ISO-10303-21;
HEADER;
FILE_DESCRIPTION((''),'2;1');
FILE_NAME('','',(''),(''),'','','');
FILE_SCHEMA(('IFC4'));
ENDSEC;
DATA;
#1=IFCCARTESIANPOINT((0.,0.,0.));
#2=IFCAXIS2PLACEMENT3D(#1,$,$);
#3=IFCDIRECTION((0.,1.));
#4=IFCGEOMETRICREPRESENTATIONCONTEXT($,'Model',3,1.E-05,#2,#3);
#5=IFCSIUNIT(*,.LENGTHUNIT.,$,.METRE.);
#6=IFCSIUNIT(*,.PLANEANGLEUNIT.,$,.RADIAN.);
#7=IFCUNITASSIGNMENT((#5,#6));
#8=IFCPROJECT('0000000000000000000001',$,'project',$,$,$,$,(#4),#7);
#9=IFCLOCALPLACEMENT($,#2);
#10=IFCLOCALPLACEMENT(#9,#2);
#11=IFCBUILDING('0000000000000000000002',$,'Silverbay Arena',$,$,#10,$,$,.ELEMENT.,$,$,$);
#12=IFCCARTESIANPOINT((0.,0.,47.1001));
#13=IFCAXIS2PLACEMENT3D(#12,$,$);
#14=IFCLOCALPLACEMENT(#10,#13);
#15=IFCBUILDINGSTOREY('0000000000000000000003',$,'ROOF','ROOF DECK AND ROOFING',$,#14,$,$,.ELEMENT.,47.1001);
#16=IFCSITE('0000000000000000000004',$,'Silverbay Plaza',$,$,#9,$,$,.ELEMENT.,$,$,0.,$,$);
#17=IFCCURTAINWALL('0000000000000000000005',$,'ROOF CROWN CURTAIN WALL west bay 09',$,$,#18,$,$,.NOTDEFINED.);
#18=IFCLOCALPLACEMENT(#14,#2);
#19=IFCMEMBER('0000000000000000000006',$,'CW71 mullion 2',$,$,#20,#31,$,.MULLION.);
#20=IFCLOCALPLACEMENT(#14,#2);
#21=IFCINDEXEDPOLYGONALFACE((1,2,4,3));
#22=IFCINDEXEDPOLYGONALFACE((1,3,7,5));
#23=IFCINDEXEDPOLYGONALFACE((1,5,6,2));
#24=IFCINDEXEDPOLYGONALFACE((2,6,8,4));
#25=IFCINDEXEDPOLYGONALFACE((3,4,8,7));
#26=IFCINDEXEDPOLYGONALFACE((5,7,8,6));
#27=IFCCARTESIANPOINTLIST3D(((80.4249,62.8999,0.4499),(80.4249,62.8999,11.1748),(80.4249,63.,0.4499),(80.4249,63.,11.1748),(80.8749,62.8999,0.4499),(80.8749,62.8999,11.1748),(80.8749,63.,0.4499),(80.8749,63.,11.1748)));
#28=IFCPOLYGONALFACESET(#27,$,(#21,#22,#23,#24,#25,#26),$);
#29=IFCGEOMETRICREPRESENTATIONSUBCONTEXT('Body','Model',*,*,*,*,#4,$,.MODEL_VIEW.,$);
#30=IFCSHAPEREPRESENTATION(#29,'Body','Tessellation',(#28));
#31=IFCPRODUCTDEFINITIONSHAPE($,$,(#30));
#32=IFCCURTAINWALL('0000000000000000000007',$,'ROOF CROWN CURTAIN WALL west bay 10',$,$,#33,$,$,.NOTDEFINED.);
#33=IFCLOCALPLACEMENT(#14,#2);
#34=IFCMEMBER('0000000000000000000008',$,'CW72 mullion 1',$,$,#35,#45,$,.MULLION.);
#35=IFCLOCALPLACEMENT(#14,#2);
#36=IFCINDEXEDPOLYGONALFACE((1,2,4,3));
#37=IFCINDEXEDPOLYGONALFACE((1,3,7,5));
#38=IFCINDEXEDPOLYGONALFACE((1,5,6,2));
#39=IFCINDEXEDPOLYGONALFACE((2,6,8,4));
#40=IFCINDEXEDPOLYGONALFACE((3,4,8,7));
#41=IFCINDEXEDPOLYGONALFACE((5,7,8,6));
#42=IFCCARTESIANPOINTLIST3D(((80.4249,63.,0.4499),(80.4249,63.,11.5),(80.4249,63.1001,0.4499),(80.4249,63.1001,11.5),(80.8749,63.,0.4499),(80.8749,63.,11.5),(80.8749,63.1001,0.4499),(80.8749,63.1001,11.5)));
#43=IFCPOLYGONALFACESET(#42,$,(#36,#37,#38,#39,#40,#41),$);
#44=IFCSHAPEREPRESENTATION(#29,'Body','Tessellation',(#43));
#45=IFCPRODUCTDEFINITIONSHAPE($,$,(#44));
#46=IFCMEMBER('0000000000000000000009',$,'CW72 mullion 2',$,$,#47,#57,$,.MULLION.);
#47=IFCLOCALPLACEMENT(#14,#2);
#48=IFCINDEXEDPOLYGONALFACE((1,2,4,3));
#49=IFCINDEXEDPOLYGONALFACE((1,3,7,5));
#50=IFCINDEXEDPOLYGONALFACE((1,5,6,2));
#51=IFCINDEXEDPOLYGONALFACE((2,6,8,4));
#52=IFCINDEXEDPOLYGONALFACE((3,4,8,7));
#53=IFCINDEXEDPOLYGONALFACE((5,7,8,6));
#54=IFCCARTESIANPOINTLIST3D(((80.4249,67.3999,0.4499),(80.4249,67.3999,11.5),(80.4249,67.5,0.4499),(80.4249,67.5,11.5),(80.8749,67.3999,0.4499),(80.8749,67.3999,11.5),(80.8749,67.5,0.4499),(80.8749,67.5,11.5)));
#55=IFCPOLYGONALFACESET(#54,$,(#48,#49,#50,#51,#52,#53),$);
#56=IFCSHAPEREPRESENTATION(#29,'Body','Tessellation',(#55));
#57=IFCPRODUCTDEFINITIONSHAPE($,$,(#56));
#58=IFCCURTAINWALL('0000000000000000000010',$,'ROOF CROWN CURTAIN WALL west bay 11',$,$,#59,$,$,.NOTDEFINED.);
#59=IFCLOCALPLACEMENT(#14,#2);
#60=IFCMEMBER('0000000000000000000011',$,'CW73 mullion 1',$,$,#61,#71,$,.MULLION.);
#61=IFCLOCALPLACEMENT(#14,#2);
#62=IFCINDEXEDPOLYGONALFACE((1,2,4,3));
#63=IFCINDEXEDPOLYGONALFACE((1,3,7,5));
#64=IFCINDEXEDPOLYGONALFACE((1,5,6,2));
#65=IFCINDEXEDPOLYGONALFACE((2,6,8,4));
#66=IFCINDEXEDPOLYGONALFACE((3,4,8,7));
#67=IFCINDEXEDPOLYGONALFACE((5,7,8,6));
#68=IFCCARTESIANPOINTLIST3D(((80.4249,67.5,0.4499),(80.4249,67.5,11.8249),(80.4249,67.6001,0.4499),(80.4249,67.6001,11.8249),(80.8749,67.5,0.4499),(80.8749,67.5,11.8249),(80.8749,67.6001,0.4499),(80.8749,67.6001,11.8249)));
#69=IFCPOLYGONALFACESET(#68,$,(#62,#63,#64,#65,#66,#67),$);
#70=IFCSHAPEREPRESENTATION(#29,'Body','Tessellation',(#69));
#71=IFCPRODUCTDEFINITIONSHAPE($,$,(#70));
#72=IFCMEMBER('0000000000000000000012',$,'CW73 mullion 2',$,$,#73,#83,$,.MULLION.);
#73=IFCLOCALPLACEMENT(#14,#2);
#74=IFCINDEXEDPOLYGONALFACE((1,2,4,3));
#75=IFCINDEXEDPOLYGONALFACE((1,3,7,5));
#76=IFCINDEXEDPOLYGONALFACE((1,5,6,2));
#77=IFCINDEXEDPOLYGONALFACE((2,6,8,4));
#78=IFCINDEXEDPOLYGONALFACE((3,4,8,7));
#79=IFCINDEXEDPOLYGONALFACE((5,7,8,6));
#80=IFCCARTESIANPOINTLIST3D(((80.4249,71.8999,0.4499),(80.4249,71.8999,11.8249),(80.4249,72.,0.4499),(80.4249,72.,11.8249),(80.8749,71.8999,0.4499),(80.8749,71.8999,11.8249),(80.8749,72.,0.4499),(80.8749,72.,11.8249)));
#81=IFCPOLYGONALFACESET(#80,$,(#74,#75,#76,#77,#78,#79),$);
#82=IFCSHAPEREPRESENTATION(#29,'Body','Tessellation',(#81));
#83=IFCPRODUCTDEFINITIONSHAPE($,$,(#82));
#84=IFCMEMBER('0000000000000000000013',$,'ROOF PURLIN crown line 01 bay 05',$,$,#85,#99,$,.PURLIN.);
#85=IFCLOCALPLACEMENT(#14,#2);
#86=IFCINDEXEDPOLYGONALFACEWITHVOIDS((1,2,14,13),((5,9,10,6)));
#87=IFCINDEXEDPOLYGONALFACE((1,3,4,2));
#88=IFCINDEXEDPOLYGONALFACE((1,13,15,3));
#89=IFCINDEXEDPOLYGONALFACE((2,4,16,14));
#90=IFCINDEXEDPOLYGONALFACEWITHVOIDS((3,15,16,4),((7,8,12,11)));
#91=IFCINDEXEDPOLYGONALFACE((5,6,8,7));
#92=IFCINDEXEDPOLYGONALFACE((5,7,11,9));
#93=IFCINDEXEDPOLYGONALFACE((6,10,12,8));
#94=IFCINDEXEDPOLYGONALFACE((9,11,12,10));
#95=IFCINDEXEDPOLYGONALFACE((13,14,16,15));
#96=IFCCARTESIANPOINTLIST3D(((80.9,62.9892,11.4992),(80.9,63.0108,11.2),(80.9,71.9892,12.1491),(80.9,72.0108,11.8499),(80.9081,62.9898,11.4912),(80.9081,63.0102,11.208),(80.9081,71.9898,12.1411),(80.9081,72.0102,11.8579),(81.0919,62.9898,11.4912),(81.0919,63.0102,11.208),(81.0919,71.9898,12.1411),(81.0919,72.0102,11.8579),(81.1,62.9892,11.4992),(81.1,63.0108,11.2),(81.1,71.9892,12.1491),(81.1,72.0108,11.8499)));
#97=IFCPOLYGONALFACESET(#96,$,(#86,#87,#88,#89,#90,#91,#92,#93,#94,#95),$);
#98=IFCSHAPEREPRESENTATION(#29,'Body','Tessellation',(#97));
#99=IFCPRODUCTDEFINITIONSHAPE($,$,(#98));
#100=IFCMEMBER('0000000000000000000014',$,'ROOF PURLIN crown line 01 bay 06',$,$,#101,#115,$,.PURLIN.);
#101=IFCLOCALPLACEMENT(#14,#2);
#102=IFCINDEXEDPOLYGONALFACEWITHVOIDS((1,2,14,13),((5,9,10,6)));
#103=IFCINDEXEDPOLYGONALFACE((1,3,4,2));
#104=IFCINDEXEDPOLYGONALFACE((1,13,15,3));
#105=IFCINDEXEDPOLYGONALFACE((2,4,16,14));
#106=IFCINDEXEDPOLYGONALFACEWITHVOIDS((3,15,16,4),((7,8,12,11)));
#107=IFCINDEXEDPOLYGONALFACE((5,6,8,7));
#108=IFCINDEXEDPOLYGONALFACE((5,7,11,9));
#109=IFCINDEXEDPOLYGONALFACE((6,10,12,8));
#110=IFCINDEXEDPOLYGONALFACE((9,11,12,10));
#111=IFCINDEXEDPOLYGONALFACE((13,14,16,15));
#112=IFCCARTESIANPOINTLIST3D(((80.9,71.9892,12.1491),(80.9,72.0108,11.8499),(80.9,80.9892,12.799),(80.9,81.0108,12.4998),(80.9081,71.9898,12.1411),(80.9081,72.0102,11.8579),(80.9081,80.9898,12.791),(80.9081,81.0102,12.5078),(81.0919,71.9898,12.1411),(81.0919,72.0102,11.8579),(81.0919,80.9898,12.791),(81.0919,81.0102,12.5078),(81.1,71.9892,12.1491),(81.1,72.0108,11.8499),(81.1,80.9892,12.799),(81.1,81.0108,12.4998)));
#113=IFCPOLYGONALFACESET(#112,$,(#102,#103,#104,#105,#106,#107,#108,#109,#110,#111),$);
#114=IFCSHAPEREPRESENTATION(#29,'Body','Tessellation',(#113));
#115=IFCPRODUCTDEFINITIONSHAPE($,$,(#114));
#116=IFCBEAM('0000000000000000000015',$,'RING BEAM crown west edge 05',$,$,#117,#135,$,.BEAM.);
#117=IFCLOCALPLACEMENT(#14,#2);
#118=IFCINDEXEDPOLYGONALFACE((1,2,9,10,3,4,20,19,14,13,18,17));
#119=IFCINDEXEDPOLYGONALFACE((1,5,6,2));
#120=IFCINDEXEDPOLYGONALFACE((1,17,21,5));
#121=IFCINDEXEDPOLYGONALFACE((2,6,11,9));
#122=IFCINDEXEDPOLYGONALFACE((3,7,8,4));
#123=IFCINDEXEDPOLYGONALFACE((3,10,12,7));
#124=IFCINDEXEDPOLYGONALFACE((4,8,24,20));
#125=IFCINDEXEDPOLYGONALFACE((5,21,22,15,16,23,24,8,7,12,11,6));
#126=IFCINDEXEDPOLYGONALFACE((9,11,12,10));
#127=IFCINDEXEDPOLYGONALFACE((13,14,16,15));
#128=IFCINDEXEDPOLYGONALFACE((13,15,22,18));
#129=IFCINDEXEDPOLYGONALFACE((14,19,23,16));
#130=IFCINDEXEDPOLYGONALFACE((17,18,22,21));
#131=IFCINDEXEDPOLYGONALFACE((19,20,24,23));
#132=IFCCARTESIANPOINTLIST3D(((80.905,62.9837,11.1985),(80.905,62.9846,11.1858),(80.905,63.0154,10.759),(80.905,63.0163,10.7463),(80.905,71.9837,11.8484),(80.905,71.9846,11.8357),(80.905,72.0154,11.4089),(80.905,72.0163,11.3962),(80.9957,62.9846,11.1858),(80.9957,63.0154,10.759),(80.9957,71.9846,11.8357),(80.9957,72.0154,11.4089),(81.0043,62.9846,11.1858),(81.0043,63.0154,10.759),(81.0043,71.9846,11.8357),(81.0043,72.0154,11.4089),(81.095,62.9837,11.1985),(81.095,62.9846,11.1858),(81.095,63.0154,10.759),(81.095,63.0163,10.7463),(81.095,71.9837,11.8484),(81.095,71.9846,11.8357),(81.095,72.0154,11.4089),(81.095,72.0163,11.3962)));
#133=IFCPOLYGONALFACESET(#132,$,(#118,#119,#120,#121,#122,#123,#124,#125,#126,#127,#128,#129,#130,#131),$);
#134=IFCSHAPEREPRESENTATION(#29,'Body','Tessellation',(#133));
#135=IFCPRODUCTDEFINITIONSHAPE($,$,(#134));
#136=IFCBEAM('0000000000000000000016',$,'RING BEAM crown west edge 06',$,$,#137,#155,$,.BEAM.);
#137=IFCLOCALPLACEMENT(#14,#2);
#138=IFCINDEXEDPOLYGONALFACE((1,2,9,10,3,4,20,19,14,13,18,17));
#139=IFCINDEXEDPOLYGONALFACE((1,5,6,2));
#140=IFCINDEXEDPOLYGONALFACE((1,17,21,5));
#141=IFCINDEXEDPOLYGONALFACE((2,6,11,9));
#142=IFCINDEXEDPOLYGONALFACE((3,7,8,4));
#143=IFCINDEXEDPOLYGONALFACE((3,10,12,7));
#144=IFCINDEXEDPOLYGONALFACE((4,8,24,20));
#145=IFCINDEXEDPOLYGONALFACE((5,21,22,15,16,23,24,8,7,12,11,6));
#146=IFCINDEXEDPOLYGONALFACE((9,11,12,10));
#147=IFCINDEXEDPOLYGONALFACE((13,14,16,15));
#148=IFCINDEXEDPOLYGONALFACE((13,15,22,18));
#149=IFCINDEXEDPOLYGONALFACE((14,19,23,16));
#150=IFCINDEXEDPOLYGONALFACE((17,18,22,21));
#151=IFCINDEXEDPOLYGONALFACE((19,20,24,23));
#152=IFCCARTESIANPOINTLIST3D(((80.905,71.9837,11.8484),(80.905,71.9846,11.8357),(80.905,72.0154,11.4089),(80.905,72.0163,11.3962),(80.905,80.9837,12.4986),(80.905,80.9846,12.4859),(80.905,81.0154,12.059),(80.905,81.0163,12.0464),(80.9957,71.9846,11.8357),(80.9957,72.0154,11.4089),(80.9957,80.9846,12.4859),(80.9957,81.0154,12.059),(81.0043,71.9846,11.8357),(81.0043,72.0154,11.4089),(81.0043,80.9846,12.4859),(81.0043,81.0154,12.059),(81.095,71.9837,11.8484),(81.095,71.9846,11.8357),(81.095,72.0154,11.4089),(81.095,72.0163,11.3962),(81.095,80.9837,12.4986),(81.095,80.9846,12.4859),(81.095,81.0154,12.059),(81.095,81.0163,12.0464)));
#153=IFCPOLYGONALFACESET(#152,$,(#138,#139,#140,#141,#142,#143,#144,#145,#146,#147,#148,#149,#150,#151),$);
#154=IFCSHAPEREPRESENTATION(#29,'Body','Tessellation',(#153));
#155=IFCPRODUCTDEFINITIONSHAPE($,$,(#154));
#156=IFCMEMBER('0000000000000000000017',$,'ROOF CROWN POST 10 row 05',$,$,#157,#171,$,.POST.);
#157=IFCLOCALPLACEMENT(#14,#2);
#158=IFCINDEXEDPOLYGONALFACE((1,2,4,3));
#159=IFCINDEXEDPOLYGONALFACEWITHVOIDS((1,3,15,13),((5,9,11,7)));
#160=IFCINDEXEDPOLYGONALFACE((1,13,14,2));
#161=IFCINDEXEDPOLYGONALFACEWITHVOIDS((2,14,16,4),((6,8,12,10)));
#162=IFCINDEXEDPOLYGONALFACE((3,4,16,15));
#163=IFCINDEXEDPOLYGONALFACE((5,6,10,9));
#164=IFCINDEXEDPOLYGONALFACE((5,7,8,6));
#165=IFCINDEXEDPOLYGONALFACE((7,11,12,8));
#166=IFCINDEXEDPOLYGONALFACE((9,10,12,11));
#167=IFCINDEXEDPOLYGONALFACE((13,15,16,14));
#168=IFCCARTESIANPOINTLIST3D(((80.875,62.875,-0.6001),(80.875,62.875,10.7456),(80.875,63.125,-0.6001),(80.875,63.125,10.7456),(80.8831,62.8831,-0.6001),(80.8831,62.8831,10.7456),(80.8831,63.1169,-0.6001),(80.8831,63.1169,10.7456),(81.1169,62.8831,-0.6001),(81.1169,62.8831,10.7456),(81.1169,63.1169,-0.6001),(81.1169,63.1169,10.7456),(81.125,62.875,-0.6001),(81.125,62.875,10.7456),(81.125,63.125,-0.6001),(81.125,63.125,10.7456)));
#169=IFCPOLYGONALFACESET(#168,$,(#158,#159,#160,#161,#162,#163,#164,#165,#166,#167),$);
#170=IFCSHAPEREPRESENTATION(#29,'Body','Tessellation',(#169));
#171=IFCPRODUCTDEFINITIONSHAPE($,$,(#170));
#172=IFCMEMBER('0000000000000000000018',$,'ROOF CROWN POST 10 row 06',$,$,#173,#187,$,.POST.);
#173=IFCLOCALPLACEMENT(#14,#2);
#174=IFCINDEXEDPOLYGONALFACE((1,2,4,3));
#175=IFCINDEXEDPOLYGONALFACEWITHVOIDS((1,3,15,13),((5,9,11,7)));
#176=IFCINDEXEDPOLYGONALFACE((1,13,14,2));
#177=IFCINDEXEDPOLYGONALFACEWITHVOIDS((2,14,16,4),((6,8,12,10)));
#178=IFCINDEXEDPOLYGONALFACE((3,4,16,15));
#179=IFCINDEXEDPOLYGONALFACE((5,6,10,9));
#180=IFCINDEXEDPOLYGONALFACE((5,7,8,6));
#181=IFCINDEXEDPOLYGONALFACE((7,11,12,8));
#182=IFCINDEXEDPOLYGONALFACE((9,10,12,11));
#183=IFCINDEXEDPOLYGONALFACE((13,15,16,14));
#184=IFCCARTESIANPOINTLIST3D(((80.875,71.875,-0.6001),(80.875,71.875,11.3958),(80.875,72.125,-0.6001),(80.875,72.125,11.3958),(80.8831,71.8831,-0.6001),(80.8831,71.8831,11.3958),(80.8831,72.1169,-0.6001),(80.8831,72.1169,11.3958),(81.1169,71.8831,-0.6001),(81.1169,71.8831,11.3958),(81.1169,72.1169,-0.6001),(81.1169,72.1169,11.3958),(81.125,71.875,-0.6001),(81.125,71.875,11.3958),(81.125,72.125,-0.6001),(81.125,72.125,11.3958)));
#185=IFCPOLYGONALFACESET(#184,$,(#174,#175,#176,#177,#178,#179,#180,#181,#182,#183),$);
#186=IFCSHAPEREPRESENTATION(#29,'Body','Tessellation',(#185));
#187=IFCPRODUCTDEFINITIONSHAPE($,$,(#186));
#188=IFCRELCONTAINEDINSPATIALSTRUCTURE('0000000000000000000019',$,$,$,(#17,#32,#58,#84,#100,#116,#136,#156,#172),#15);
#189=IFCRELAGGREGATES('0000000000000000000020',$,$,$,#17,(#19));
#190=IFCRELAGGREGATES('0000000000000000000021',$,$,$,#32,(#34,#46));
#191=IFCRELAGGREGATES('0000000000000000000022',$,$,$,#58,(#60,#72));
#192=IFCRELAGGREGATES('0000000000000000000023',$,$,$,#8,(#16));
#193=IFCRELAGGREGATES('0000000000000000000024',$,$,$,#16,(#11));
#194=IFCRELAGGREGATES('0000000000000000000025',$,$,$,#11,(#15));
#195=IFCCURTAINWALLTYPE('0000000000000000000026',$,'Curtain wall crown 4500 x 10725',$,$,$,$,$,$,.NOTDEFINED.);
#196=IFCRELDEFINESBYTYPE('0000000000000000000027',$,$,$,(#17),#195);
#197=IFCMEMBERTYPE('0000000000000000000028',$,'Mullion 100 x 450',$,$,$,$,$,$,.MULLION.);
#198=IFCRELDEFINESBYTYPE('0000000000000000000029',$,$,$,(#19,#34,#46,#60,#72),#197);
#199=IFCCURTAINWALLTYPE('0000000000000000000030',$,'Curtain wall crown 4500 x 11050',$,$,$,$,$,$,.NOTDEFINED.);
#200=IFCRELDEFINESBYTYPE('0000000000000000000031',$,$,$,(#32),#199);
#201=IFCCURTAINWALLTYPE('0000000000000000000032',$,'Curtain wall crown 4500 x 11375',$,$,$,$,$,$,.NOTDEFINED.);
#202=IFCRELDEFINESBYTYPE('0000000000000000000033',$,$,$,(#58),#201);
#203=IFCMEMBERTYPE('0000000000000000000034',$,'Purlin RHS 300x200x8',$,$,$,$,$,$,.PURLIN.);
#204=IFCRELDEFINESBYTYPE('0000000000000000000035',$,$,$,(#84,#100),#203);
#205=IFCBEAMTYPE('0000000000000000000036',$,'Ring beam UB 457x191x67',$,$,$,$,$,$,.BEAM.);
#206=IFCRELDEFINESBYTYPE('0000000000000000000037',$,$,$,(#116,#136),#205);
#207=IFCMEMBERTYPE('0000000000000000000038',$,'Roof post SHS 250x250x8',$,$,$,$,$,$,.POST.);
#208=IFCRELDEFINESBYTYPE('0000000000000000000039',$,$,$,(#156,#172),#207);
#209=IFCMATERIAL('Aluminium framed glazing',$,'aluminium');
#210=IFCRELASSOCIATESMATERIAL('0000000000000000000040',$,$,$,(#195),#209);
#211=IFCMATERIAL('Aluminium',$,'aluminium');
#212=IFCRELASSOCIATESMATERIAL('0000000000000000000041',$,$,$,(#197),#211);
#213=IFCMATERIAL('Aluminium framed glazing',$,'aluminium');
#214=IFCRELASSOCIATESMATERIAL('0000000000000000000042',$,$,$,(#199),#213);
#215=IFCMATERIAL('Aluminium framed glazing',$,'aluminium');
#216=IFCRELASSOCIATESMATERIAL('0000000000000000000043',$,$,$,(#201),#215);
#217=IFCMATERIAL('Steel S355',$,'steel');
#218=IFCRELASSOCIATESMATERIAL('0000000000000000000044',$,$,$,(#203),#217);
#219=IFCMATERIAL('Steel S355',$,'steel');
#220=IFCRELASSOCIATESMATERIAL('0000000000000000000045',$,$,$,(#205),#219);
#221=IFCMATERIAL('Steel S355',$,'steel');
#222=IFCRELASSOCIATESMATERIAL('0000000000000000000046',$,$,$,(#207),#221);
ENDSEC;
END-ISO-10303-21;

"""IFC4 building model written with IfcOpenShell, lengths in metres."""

from ifc_helpers import new_model, si_unit, direction, frame, origin, origin_2d, place, context, subcontext, project, spatial, rectangle, hollow_rectangle, i_section, extrude, material, material_profile, profile_set, type_object, element, aggregate, save


model = new_model("IFC4")

# Units and contexts
model_context = context("Model", 3, precision=1e-05, world=origin(), true_north=direction((0.0, 1.0)))
body_context = subcontext(model_context, "Body", "Model", "MODEL_VIEW")
ifc_project = project(units=[si_unit("LENGTHUNIT", "METRE"), si_unit("PLANEANGLEUNIT", "RADIAN")], contexts=[model_context])

# Site, building, storey
site_placement = place(None, origin())
site = spatial("IfcSite", under=ifc_project, at=site_placement, Name="Silverbay Plaza", CompositionType="ELEMENT", RefElevation=0.0)
building_placement = place(site_placement, origin())
building = spatial("IfcBuilding", under=site, at=building_placement, Name="Silverbay Arena", CompositionType="ELEMENT")
storey_placement = place(building_placement, frame((0.0, 0.0, 47.1001)))
storey = spatial("IfcBuildingStorey", under=building, at=storey_placement, Name="ROOF", Description="ROOF DECK AND ROOFING", CompositionType="ELEMENT", Elevation=47.1001)

# Curtain wall, member
ifc_material_1 = material(Name="Aluminium framed glazing", Category="aluminium")
curtain_wall_type_1 = type_object("IfcCurtainWallType", Name="Curtain wall crown 4500 x 10725", PredefinedType="NOTDEFINED", material=ifc_material_1)
curtain_wall_1_placement = place(storey_placement, origin())
curtain_wall_1 = element("IfcCurtainWall", 1, at=curtain_wall_1_placement, inside=storey, type_object=curtain_wall_type_1, Name="ROOF CROWN CURTAIN WALL west bay 09", PredefinedType="NOTDEFINED")
ifc_material_2 = material(Name="Aluminium", Category="aluminium")
ifc_material_profile_1 = material_profile(ifc_material_2, rectangle(XDim=0.45, YDim=0.1001, at=origin_2d()), Name="Mullion 100 x 450")
ifc_profile_set_1 = profile_set([ifc_material_profile_1], Name="Aluminium")
member_type_1 = type_object("IfcMemberType", Name="Mullion 100 x 450", PredefinedType="MULLION", material=ifc_profile_set_1)
placement = place(building_placement, frame((0.0, 0.0, 33.5)))
member_1_placement = place(placement, frame((80.6499, 62.95, 14.05), z_axis=(0.0, 0.0, 1.0), x_axis=(-1.0, 0.0, 0.0)))
member_1 = element("IfcMember", 2, at=member_1_placement, type_object=member_type_1, Name="CW71 mullion 2", PredefinedType="MULLION", context=body_context, shape_type="SweptSolid", body=[
    extrude(rectangle(XDim=0.45, YDim=0.1001, at=origin_2d()), origin(), (0.0, 0.0, 1.0), 10.7249),
])

# Curtain walls, members
ifc_material_3 = material(Name="Aluminium framed glazing", Category="aluminium")
curtain_wall_type_2 = type_object("IfcCurtainWallType", Name="Curtain wall crown 4500 x 11050", PredefinedType="NOTDEFINED", material=ifc_material_3)
curtain_wall_2_placement = place(storey_placement, origin())
curtain_wall_2 = element("IfcCurtainWall", 3, at=curtain_wall_2_placement, inside=storey, type_object=curtain_wall_type_2, Name="ROOF CROWN CURTAIN WALL west bay 10", PredefinedType="NOTDEFINED")
member_2_placement = place(placement, frame((80.6499, 63.05, 14.05), z_axis=(0.0, 0.0, 1.0), x_axis=(-1.0, 0.0, 0.0)))
member_2 = element("IfcMember", 4, at=member_2_placement, type_object=member_type_1, Name="CW72 mullion 1", PredefinedType="MULLION", context=body_context, shape_type="SweptSolid", body=[
    extrude(rectangle(XDim=0.45, YDim=0.1001, at=origin_2d()), origin(), (0.0, 0.0, 1.0), 11.05),
])
member_3_placement = place(placement, frame((80.6499, 67.45, 14.05), z_axis=(0.0, 0.0, 1.0), x_axis=(-1.0, 0.0, 0.0)))
member_3 = element("IfcMember", 5, at=member_3_placement, type_object=member_type_1, Name="CW72 mullion 2", PredefinedType="MULLION", context=body_context, shape_type="SweptSolid", body=[
    extrude(rectangle(XDim=0.45, YDim=0.1001, at=origin_2d()), origin(), (0.0, 0.0, 1.0), 11.05),
])
ifc_material_4 = material(Name="Aluminium framed glazing", Category="aluminium")
curtain_wall_type_3 = type_object("IfcCurtainWallType", Name="Curtain wall crown 4500 x 11375", PredefinedType="NOTDEFINED", material=ifc_material_4)
curtain_wall_3_placement = place(storey_placement, origin())
curtain_wall_3 = element("IfcCurtainWall", 6, at=curtain_wall_3_placement, inside=storey, type_object=curtain_wall_type_3, Name="ROOF CROWN CURTAIN WALL west bay 11", PredefinedType="NOTDEFINED")
member_4_placement = place(placement, frame((80.6499, 67.55, 14.05), z_axis=(0.0, 0.0, 1.0), x_axis=(-1.0, 0.0, 0.0)))
member_4 = element("IfcMember", 7, at=member_4_placement, type_object=member_type_1, Name="CW73 mullion 1", PredefinedType="MULLION", context=body_context, shape_type="SweptSolid", body=[
    extrude(rectangle(XDim=0.45, YDim=0.1001, at=origin_2d()), origin(), (0.0, 0.0, 1.0), 11.375),
])
member_5_placement = place(placement, frame((80.6499, 71.95, 14.05), z_axis=(0.0, 0.0, 1.0), x_axis=(-1.0, 0.0, 0.0)))
member_5 = element("IfcMember", 8, at=member_5_placement, type_object=member_type_1, Name="CW73 mullion 2", PredefinedType="MULLION", context=body_context, shape_type="SweptSolid", body=[
    extrude(rectangle(XDim=0.45, YDim=0.1001, at=origin_2d()), origin(), (0.0, 0.0, 1.0), 11.375),
])

# Members
ifc_material_5 = material(Name="Steel S355", Category="steel")
ifc_material_profile_2 = material_profile(ifc_material_5, hollow_rectangle(XDim=0.2, YDim=0.3, WallThickness=0.0081, at=origin_2d()), Name="RHS 300x200x8")
ifc_profile_set_2 = profile_set([ifc_material_profile_2], Name="Steel S355")
member_type_2 = type_object("IfcMemberType", Name="Purlin RHS 300x200x8", PredefinedType="PURLIN", material=ifc_profile_set_2)
for number, where, z_axis, x_axis, name in (
    (9, (81.0, 63.0, 11.3496), (0.0, 0.997403, 0.072024), (-1.0, 0.0, 0.0), "ROOF PURLIN crown line 01 bay 05"),
    (10, (81.0, 72.0, 11.9995), (0.0, 0.997403, 0.072024), (-1.0, 0.0, 0.0), "ROOF PURLIN crown line 01 bay 06"),
):
    element("IfcMember", number, at=place(storey_placement, frame(where, z_axis=z_axis, x_axis=x_axis)), inside=storey, type_object=member_type_2, Name=name, PredefinedType="PURLIN", context=body_context, shape_type="SweptSolid", body=[
        extrude(hollow_rectangle(XDim=0.2, YDim=0.3, WallThickness=0.0081, at=origin_2d()), origin(), (0.0, 0.0, 1.0), 9.0234),
    ])

# Beams
ifc_material_6 = material(Name="Steel S355", Category="steel")
ifc_material_profile_3 = material_profile(ifc_material_6, i_section(OverallWidth=0.1899, OverallDepth=0.4534, WebThickness=0.0085, FlangeThickness=0.0127, at=origin_2d()), Name="UB 457x191x67")
ifc_profile_set_3 = profile_set([ifc_material_profile_3], Name="Steel S355")
beam_type = type_object("IfcBeamType", Name="Ring beam UB 457x191x67", PredefinedType="BEAM", material=ifc_profile_set_3)
for number, where, z_axis, x_axis, name in (
    (11, (81.0, 63.0, 10.9724), (0.0, 0.997403, 0.072024), (-1.0, 0.0, 0.0), "RING BEAM crown west edge 05"),
    (12, (81.0, 72.0, 11.6223), (0.0, 0.997401, 0.072051), (-1.0, 0.0, 0.0), "RING BEAM crown west edge 06"),
):
    element("IfcBeam", number, at=place(storey_placement, frame(where, z_axis=z_axis, x_axis=x_axis)), inside=storey, type_object=beam_type, Name=name, PredefinedType="BEAM", context=body_context, shape_type="SweptSolid", body=[
        extrude(i_section(OverallWidth=0.1899, OverallDepth=0.4534, WebThickness=0.0085, FlangeThickness=0.0127, at=origin_2d()), origin(), (0.0, 0.0, 1.0), 9.0234),
    ])

# Members
ifc_material_7 = material(Name="Steel S355", Category="steel")
ifc_material_profile_4 = material_profile(ifc_material_7, hollow_rectangle(XDim=0.25, YDim=0.25, WallThickness=0.0081, at=origin_2d()), Name="SHS 250x250x8")
ifc_profile_set_4 = profile_set([ifc_material_profile_4], Name="Steel S355")
member_type_3 = type_object("IfcMemberType", Name="Roof post SHS 250x250x8", PredefinedType="POST", material=ifc_profile_set_4)
member_6_placement = place(storey_placement, frame((81.0, 63.0, -0.6001), z_axis=(0.0, 0.0, 1.0), x_axis=(1.0, 0.0, 0.0)))
element("IfcMember", 13, at=member_6_placement, inside=storey, type_object=member_type_3, Name="ROOF CROWN POST 10 row 05", PredefinedType="POST", context=body_context, shape_type="SweptSolid", body=[
    extrude(hollow_rectangle(XDim=0.25, YDim=0.25, WallThickness=0.0081, at=origin_2d()), origin(), (0.0, 0.0, 1.0), 11.3457),
])
member_7_placement = place(storey_placement, frame((81.0, 72.0, -0.6001), z_axis=(0.0, 0.0, 1.0), x_axis=(1.0, 0.0, 0.0)))
element("IfcMember", 14, at=member_7_placement, inside=storey, type_object=member_type_3, Name="ROOF CROWN POST 10 row 06", PredefinedType="POST", context=body_context, shape_type="SweptSolid", body=[
    extrude(hollow_rectangle(XDim=0.25, YDim=0.25, WallThickness=0.0081, at=origin_2d()), origin(), (0.0, 0.0, 1.0), 11.9958),
])

aggregate(curtain_wall_1, [member_1])
aggregate(curtain_wall_2, [member_2, member_3])
aggregate(curtain_wall_3, [member_4, member_5])

save(model, "model.ifc")
